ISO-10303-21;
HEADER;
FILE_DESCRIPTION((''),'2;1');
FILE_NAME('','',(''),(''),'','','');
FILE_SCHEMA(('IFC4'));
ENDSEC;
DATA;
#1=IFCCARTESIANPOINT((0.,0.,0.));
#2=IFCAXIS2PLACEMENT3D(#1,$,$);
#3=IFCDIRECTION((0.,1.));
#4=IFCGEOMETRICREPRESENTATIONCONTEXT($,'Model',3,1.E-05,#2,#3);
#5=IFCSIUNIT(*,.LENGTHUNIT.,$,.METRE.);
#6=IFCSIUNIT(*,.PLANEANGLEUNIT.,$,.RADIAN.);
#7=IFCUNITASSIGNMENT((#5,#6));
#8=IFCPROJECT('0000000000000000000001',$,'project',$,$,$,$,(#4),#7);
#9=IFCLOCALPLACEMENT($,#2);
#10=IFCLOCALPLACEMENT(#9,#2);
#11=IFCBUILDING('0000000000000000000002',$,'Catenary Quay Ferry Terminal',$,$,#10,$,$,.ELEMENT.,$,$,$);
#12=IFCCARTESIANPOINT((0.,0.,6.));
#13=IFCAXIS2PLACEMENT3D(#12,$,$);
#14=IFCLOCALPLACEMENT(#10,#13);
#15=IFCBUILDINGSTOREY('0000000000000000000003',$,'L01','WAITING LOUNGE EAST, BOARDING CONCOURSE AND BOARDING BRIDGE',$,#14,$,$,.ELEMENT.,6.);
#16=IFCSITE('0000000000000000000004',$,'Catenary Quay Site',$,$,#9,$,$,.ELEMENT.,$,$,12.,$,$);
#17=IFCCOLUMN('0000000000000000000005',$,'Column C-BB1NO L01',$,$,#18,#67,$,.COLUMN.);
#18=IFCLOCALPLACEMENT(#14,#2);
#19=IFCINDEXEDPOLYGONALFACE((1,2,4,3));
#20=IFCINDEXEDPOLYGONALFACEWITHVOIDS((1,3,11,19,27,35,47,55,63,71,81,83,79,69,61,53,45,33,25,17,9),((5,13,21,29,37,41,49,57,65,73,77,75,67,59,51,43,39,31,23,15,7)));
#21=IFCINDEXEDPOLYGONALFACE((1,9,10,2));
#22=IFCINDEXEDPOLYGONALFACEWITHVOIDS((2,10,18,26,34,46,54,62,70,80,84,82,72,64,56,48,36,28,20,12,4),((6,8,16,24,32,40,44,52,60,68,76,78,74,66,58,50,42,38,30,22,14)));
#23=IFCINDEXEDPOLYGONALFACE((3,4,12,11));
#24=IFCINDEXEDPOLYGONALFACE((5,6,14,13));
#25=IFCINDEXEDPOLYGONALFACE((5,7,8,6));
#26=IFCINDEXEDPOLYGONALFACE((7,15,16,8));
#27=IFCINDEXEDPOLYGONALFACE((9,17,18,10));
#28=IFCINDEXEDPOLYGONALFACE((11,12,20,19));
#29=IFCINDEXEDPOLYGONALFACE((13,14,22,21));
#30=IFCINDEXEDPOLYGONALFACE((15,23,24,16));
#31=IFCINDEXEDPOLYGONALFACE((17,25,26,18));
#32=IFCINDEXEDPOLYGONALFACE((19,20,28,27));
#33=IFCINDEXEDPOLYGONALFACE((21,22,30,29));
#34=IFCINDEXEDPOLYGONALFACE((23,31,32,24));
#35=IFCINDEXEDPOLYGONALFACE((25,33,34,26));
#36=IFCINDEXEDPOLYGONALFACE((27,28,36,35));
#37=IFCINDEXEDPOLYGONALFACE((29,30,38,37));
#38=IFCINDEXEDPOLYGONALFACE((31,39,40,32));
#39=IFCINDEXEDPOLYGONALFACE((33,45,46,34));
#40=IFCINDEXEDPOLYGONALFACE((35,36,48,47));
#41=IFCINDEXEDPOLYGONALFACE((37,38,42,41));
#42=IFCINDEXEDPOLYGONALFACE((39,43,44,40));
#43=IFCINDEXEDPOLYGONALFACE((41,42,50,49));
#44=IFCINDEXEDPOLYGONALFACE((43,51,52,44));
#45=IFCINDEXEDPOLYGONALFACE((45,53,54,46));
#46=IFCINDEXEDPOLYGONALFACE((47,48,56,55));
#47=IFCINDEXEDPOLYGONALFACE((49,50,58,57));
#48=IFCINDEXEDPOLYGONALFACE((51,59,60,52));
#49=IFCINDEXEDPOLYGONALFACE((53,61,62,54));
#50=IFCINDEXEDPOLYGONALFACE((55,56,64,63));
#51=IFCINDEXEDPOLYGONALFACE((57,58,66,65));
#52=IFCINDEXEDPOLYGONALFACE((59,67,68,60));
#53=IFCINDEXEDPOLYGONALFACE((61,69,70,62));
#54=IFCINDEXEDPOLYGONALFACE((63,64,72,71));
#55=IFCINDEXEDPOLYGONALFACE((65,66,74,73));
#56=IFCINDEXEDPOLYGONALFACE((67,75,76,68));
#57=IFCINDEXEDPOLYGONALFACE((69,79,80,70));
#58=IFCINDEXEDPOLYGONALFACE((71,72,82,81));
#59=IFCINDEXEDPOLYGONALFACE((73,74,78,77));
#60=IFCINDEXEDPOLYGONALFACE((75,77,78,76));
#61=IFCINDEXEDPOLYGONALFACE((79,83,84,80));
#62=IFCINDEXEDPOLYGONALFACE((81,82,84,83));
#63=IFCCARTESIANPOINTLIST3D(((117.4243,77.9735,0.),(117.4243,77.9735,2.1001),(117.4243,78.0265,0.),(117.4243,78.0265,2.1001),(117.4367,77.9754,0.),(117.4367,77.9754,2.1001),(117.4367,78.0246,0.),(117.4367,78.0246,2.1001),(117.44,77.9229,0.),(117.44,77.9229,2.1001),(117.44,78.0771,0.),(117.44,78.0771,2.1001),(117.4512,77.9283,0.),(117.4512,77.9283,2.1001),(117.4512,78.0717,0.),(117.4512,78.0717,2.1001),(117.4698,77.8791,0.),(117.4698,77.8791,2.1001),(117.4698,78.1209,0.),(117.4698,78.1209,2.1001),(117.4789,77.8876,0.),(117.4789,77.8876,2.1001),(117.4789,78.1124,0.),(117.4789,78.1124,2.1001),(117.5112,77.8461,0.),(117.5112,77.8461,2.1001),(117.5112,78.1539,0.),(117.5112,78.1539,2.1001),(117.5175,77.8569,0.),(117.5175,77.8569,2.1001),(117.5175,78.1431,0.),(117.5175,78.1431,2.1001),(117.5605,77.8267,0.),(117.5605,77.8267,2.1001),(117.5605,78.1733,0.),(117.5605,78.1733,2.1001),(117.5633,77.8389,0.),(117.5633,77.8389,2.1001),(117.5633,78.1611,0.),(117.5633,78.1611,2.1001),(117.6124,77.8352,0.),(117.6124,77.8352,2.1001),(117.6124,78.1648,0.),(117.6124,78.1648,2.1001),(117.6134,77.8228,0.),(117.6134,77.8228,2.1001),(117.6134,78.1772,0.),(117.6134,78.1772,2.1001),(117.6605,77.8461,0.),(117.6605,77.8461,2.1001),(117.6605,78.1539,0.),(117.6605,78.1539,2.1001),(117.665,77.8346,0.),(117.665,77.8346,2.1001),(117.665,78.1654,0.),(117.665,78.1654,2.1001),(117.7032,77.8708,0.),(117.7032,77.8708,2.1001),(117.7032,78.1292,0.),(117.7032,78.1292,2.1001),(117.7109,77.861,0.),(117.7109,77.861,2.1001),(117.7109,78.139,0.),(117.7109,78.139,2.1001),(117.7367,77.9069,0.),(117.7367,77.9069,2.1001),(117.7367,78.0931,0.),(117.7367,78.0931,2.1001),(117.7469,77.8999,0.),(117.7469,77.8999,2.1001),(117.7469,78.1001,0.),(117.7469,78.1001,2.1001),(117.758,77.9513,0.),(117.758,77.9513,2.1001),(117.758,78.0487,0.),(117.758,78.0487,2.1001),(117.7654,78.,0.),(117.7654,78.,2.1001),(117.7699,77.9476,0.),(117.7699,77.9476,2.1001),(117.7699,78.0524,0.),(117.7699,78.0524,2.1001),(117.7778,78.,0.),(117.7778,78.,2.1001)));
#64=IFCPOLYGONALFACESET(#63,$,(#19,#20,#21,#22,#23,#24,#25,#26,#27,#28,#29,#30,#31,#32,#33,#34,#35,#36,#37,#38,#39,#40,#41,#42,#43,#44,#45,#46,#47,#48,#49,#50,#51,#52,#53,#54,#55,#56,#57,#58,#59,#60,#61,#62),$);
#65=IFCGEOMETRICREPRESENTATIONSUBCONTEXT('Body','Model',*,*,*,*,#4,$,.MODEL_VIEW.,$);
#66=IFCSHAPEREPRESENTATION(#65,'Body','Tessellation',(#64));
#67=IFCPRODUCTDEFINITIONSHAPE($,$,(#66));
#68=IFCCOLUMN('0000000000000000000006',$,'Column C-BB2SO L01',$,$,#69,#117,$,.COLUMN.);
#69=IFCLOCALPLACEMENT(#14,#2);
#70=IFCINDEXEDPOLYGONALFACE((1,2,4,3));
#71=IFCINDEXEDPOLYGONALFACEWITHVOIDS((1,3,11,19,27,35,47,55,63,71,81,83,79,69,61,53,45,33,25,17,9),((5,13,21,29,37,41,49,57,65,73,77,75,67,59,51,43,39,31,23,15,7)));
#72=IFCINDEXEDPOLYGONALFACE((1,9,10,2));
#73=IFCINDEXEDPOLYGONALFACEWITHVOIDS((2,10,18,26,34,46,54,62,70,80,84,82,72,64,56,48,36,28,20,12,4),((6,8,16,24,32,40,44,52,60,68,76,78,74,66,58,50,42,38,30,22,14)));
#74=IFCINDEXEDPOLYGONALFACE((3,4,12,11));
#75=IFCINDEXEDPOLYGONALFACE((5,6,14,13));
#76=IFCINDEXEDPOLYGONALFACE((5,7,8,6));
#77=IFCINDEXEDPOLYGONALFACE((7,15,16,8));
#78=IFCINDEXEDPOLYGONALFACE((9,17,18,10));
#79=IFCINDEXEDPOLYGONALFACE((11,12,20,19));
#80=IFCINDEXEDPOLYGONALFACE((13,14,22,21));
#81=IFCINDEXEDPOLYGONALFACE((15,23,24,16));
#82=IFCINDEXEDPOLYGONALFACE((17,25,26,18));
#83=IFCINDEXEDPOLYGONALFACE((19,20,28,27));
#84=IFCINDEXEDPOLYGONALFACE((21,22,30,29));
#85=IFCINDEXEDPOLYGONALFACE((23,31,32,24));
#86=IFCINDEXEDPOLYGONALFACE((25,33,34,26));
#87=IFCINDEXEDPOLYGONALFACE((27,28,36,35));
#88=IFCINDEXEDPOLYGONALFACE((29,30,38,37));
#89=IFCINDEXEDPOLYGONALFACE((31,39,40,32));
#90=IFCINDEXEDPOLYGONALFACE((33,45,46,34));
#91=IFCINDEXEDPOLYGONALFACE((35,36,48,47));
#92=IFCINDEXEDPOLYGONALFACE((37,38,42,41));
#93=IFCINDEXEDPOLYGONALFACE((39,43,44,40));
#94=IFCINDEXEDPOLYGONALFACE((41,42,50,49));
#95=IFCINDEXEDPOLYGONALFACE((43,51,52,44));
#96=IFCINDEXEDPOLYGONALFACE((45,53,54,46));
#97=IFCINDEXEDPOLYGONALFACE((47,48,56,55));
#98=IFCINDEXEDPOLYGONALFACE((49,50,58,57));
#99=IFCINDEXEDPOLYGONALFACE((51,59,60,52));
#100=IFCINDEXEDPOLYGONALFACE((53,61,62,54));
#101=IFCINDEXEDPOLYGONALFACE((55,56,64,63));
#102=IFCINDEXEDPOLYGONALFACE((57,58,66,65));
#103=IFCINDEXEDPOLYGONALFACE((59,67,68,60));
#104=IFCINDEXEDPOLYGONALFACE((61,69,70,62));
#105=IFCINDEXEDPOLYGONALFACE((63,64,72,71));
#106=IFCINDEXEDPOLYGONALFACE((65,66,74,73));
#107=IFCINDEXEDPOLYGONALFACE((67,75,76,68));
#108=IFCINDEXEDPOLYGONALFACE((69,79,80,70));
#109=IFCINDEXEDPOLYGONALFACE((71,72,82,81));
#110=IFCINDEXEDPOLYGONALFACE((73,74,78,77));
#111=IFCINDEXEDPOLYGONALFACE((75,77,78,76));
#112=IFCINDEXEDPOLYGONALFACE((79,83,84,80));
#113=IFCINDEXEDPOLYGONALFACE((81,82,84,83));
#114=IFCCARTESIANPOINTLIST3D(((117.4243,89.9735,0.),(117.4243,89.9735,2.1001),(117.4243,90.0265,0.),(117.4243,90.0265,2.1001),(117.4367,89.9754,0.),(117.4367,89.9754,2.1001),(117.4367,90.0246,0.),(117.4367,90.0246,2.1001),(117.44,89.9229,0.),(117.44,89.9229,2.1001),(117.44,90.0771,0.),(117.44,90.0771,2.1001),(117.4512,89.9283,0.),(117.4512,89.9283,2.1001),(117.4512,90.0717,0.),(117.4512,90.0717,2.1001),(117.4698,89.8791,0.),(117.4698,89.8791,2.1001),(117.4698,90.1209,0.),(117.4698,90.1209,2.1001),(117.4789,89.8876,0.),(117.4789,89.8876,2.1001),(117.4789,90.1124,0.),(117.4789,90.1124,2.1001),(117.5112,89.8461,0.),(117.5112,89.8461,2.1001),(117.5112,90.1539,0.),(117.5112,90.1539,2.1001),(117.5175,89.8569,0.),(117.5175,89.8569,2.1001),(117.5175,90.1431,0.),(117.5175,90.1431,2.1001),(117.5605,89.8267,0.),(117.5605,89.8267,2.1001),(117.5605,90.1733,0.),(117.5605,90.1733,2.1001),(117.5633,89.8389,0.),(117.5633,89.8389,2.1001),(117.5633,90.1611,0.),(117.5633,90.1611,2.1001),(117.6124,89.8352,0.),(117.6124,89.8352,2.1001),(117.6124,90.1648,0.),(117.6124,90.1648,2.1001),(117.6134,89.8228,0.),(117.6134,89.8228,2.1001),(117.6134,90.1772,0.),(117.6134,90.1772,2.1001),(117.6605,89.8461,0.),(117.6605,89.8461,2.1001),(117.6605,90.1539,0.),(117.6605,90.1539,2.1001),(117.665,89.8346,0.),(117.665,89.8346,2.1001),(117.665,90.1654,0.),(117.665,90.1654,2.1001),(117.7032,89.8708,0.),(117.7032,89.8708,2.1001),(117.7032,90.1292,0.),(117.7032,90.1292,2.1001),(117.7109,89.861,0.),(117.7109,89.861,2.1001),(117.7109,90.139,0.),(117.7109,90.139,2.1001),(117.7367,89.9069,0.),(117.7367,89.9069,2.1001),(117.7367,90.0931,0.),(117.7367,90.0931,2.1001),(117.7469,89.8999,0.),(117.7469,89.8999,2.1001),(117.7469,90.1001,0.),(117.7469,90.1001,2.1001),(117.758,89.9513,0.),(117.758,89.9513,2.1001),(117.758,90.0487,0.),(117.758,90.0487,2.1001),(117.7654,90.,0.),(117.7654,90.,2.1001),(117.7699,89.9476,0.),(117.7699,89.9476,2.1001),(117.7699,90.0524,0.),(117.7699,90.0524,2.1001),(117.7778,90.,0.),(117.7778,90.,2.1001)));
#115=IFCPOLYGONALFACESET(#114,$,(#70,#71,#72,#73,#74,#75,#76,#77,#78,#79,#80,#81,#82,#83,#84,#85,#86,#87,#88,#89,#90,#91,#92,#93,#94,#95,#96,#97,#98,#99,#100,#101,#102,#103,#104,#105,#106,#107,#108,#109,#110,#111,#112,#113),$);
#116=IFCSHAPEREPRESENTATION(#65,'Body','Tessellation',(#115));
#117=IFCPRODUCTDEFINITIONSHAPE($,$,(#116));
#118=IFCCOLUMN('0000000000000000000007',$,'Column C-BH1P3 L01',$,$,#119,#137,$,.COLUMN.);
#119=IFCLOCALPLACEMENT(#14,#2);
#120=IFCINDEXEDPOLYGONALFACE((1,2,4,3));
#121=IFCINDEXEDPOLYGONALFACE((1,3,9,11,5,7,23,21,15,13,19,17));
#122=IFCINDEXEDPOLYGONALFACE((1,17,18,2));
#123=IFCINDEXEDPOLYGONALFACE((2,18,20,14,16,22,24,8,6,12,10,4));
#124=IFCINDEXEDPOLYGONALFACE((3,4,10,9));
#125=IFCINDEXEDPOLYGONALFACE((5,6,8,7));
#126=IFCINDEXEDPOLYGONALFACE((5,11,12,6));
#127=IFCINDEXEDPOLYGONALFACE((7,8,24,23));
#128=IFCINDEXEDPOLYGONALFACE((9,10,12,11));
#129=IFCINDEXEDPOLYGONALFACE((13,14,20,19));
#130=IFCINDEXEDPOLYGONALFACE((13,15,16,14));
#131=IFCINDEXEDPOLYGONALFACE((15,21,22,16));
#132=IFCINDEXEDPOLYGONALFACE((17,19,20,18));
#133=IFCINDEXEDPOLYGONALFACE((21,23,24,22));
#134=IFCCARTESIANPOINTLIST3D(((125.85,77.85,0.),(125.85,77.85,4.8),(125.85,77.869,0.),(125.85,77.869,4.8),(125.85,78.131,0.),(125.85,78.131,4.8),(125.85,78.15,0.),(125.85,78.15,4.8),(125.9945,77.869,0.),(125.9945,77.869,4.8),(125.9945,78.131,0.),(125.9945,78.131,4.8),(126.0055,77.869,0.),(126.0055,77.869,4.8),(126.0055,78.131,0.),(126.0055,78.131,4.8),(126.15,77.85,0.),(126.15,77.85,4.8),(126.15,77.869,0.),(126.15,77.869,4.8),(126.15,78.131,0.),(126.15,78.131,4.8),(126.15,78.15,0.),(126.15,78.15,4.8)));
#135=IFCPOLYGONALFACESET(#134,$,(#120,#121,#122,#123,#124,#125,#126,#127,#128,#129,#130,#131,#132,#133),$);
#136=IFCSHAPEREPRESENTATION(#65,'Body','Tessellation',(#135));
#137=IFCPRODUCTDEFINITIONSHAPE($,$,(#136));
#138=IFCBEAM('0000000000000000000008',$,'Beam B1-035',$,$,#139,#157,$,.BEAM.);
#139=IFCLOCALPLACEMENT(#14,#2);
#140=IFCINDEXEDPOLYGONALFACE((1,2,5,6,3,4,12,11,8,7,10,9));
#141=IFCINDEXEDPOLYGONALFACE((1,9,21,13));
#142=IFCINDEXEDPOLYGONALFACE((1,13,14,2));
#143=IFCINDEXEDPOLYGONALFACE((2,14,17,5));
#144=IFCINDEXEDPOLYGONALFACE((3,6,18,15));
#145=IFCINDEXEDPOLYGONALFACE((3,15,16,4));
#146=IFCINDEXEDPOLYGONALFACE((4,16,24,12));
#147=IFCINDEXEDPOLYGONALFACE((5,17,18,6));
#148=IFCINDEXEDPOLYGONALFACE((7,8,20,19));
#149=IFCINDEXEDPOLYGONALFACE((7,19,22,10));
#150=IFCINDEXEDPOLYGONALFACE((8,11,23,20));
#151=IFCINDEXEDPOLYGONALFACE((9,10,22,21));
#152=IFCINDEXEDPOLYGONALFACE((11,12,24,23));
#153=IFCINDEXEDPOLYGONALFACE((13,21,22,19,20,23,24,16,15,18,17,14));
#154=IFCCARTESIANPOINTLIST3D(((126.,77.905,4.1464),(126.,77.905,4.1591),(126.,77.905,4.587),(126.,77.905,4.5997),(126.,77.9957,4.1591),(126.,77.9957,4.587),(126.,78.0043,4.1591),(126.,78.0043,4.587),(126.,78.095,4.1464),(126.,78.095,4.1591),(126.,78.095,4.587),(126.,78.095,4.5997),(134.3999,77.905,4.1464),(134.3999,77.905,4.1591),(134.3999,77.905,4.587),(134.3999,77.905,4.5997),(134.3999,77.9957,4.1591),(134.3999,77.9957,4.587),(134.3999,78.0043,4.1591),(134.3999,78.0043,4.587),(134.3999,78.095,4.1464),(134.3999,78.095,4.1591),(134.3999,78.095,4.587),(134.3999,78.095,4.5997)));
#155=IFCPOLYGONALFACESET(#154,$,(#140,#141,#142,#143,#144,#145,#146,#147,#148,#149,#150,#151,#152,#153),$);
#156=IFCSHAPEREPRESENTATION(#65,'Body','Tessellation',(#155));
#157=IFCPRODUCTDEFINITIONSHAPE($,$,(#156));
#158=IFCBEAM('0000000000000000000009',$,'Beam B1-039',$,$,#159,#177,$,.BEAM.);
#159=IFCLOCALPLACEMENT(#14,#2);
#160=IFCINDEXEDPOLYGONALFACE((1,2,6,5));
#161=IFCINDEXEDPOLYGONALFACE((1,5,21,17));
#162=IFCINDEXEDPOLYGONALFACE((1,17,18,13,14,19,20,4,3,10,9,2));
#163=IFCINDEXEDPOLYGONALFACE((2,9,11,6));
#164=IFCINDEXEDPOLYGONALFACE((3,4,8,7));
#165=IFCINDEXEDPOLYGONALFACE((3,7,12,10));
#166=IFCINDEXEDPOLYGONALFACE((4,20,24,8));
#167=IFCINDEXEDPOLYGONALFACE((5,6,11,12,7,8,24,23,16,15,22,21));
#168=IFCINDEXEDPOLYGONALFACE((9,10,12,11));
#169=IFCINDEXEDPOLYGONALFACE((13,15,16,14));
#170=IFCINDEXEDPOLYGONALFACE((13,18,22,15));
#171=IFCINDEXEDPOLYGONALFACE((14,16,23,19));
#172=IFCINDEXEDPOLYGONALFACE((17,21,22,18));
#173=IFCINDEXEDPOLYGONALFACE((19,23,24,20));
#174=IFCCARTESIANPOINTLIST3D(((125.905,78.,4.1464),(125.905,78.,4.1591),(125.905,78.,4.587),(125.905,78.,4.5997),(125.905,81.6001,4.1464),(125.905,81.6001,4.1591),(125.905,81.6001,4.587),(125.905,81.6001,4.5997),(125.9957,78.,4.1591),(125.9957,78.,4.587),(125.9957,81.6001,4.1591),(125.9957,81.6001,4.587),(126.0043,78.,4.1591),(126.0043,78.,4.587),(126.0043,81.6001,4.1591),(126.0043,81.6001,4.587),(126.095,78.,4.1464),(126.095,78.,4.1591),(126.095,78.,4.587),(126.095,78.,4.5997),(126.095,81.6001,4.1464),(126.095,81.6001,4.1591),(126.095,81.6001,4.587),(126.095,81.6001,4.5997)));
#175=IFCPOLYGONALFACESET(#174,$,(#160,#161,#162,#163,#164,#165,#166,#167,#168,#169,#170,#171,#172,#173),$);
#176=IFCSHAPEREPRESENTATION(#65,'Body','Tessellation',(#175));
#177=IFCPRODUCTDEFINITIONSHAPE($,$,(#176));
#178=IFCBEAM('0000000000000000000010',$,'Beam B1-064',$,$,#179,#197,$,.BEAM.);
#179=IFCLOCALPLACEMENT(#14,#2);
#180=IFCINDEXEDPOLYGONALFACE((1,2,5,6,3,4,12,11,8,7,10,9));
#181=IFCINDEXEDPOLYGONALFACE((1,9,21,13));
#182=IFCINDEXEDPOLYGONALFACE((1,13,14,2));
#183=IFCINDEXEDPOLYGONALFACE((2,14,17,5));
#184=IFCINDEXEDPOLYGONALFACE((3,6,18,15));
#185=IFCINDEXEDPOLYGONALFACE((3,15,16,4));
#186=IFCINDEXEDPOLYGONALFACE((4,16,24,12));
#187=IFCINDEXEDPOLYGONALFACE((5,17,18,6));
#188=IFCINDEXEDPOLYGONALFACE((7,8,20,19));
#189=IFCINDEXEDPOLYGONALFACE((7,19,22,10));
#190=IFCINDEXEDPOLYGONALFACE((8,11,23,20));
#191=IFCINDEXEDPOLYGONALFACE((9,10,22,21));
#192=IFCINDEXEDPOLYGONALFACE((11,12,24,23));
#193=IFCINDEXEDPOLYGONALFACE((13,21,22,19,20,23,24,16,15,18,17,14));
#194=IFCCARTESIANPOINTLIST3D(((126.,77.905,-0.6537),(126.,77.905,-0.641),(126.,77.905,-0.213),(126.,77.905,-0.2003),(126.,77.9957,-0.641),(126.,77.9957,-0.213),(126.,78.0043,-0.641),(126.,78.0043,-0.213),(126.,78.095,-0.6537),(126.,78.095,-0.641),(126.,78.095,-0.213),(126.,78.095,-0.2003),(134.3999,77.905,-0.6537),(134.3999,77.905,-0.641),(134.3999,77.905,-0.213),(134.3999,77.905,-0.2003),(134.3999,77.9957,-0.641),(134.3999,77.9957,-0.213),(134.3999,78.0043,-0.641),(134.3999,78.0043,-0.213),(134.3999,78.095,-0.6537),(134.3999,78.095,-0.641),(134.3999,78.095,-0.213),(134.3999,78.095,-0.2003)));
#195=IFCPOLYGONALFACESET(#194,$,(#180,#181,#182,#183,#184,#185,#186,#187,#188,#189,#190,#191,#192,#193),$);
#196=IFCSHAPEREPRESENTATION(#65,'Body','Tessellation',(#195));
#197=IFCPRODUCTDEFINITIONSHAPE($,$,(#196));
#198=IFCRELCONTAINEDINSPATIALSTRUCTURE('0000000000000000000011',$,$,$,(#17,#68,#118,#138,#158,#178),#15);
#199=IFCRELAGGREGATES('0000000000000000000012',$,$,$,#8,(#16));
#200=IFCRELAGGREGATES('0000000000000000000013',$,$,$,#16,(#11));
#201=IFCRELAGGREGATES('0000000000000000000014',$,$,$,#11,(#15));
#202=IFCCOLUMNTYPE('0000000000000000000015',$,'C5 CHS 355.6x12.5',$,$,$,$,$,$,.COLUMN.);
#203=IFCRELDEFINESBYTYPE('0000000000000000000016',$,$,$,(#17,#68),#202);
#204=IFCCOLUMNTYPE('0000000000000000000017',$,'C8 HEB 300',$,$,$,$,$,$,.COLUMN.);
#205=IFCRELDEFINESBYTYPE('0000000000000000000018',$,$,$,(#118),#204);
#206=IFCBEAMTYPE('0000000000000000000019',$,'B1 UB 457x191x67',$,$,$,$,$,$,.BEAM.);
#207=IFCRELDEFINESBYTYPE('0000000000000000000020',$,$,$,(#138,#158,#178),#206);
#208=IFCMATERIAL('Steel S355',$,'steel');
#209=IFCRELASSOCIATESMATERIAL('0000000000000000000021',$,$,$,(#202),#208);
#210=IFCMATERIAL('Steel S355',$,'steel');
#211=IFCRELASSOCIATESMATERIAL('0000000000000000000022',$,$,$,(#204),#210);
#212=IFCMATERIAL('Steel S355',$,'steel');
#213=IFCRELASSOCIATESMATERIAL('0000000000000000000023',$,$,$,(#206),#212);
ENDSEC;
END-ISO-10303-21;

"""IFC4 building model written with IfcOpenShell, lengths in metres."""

from ifc_helpers import new_model, si_unit, direction, frame, origin, origin_2d, place, context, subcontext, project, spatial, hollow_circle, i_section, extrude, material, material_profile, profile_set, type_object, element, save


model = new_model("IFC4")

# Units and contexts
model_context = context("Model", 3, precision=1e-05, world=origin(), true_north=direction((0.0, 1.0)))
body_context = subcontext(model_context, "Body", "Model", "MODEL_VIEW")
ifc_project = project(units=[si_unit("LENGTHUNIT", "METRE"), si_unit("PLANEANGLEUNIT", "RADIAN")], contexts=[model_context])

# Site, building, storey
site_placement = place(None, origin())
site = spatial("IfcSite", under=ifc_project, at=site_placement, Name="Catenary Quay Site", CompositionType="ELEMENT", RefElevation=12.0)
building_placement = place(site_placement, origin())
building = spatial("IfcBuilding", under=site, at=building_placement, Name="Catenary Quay Ferry Terminal", CompositionType="ELEMENT")
storey_placement = place(building_placement, frame((0.0, 0.0, 6.0)))
storey = spatial("IfcBuildingStorey", under=building, at=storey_placement, Name="L01", Description="WAITING LOUNGE EAST, BOARDING CONCOURSE AND BOARDING BRIDGE", CompositionType="ELEMENT", Elevation=6.0)

# Columns
ifc_material_1 = material(Name="Steel S355", Category="steel")
ifc_material_profile_1 = material_profile(ifc_material_1, hollow_circle(Radius=0.1777, WallThickness=0.0125, at=origin_2d()), Name="CHS 355.6x12.5")
ifc_profile_set_1 = profile_set([ifc_material_profile_1], Name="Steel S355")
column_type_1 = type_object("IfcColumnType", Name="C5 CHS 355.6x12.5", PredefinedType="COLUMN", material=ifc_profile_set_1)
for number, where, z_axis, x_axis, name in (
    (1, (117.6001, 78.0, 0.0), (0.0, 0.0, 1.0), (1.0, 0.0, 0.0), "Column C-BB1NO L01"),
    (2, (117.6001, 90.0, 0.0), (0.0, 0.0, 1.0), (1.0, 0.0, 0.0), "Column C-BB2SO L01"),
):
    element("IfcColumn", number, at=place(storey_placement, frame(where, z_axis=z_axis, x_axis=x_axis)), inside=storey, type_object=column_type_1, Name=name, PredefinedType="COLUMN", context=body_context, shape_type="SweptSolid", body=[
        extrude(hollow_circle(Radius=0.1777, WallThickness=0.0125, at=origin_2d()), origin(), (0.0, 0.0, 1.0), 2.1001),
    ])
ifc_material_2 = material(Name="Steel S355", Category="steel")
ifc_material_profile_2 = material_profile(ifc_material_2, i_section(OverallWidth=0.3, OverallDepth=0.3, WebThickness=0.011, FlangeThickness=0.019, at=origin_2d()), Name="HEB 300")
ifc_profile_set_2 = profile_set([ifc_material_profile_2], Name="Steel S355")
column_type_2 = type_object("IfcColumnType", Name="C8 HEB 300", PredefinedType="COLUMN", material=ifc_profile_set_2)
column_placement = place(storey_placement, frame((126.0, 78.0, 0.0), z_axis=(0.0, 0.0, 1.0), x_axis=(1.0, 0.0, 0.0)))
element("IfcColumn", 3, at=column_placement, inside=storey, type_object=column_type_2, Name="Column C-BH1P3 L01", PredefinedType="COLUMN", context=body_context, shape_type="SweptSolid", body=[
    extrude(i_section(OverallWidth=0.3, OverallDepth=0.3, WebThickness=0.011, FlangeThickness=0.019, at=origin_2d()), origin(), (0.0, 0.0, 1.0), 4.8),
])

# Beams
ifc_material_3 = material(Name="Steel S355", Category="steel")
ifc_material_profile_3 = material_profile(ifc_material_3, i_section(OverallWidth=0.1899, OverallDepth=0.4534, WebThickness=0.0085, FlangeThickness=0.0127, at=origin_2d()), Name="UB 457x191x67")
ifc_profile_set_3 = profile_set([ifc_material_profile_3], Name="Steel S355")
beam_type_1 = type_object("IfcBeamType", Name="B1 UB 457x191x67", PredefinedType="BEAM", material=ifc_profile_set_3)
beam_1_placement = place(storey_placement, frame((126.0, 78.0, 4.373), z_axis=(1.0, 0.0, 0.0), x_axis=(0.0, 1.0, 0.0)))
element("IfcBeam", 4, at=beam_1_placement, inside=storey, type_object=beam_type_1, Name="Beam B1-035", PredefinedType="BEAM", context=body_context, shape_type="SweptSolid", body=[
    extrude(i_section(OverallWidth=0.1899, OverallDepth=0.4534, WebThickness=0.0085, FlangeThickness=0.0127, at=origin_2d()), origin(), (0.0, 0.0, 1.0), 8.3999),
])
beam_2_placement = place(storey_placement, frame((126.0, 78.0, 4.373), z_axis=(0.0, 1.0, 0.0), x_axis=(-1.0, 0.0, 0.0)))
element("IfcBeam", 5, at=beam_2_placement, inside=storey, type_object=beam_type_1, Name="Beam B1-039", PredefinedType="BEAM", context=body_context, shape_type="SweptSolid", body=[
    extrude(i_section(OverallWidth=0.1899, OverallDepth=0.4534, WebThickness=0.0085, FlangeThickness=0.0127, at=origin_2d()), origin(), (0.0, 0.0, 1.0), 3.6001),
])
beam_3_placement = place(storey_placement, frame((126.0, 78.0, -0.427), z_axis=(1.0, 0.0, 0.0), x_axis=(0.0, 1.0, 0.0)))
element("IfcBeam", 6, at=beam_3_placement, inside=storey, type_object=beam_type_1, Name="Beam B1-064", PredefinedType="BEAM", context=body_context, shape_type="SweptSolid", body=[
    extrude(i_section(OverallWidth=0.1899, OverallDepth=0.4534, WebThickness=0.0085, FlangeThickness=0.0127, at=origin_2d()), origin(), (0.0, 0.0, 1.0), 8.3999),
])

save(model, "model.ifc")
